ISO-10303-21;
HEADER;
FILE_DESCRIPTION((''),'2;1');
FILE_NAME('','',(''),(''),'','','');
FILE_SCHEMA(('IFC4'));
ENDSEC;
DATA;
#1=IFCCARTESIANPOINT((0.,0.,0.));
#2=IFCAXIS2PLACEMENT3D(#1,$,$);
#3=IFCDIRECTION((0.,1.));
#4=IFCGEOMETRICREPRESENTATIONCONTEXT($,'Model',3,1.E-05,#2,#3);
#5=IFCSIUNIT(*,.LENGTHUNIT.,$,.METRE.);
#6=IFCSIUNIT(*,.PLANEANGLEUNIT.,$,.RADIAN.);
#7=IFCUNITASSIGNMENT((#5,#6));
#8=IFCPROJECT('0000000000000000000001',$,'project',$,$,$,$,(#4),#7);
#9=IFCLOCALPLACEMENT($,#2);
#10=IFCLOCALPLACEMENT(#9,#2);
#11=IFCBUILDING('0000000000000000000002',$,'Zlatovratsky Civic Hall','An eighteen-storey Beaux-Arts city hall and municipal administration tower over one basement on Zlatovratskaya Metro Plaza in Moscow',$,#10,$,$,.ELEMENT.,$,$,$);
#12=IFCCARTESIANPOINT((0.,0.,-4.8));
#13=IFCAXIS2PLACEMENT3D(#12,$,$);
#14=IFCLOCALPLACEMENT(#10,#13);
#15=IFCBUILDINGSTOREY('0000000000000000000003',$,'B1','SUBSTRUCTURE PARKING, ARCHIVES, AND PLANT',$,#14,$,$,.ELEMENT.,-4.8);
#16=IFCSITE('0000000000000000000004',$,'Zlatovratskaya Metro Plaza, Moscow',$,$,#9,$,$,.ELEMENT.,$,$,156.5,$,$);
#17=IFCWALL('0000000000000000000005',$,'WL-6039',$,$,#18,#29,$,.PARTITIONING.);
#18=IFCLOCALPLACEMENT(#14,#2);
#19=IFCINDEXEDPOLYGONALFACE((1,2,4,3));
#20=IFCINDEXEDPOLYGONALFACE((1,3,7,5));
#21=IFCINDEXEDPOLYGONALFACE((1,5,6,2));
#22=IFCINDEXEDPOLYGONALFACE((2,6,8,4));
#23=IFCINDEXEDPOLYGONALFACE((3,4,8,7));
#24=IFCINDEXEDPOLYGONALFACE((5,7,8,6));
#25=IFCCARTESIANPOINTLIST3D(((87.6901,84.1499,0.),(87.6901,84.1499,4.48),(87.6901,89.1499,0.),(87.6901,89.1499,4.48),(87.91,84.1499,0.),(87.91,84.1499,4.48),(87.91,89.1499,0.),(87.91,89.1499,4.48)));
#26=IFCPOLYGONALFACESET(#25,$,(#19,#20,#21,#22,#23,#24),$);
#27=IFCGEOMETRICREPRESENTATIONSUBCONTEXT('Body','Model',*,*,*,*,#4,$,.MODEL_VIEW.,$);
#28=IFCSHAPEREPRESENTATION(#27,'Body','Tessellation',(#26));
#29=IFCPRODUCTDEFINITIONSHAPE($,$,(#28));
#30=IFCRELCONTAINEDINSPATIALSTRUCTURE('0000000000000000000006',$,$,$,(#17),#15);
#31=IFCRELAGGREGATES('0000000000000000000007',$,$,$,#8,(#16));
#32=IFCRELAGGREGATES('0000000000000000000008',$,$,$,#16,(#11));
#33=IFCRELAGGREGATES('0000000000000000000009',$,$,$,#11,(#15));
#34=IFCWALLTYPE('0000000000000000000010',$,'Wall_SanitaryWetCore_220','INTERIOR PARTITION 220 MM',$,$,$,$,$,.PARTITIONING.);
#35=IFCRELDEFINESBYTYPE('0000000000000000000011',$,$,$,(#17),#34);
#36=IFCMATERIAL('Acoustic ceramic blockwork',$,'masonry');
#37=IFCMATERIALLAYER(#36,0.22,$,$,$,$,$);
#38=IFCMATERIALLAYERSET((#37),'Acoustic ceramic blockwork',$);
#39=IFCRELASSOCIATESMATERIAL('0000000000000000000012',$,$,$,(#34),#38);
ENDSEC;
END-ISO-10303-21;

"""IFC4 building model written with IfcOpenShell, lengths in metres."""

from ifc_helpers import new_model, si_unit, direction, frame, frame_2d, origin, place, context, subcontext, project, spatial, rectangle, extrude, material, layer, layer_set, type_object, element, save


model = new_model("IFC4")

# Units and contexts
model_context = context("Model", 3, precision=1e-05, world=origin(), true_north=direction((0.0, 1.0)))
body_context = subcontext(model_context, "Body", "Model", "MODEL_VIEW")
ifc_project = project(units=[si_unit("LENGTHUNIT", "METRE"), si_unit("PLANEANGLEUNIT", "RADIAN")], contexts=[model_context])

# Site, building, storey
site_placement = place(None, origin())
site = spatial("IfcSite", under=ifc_project, at=site_placement, Name="Zlatovratskaya Metro Plaza, Moscow", CompositionType="ELEMENT", RefElevation=156.5)
building_placement = place(site_placement, origin())
building = spatial("IfcBuilding", under=site, at=building_placement, Name="Zlatovratsky Civic Hall", Description="An eighteen-storey Beaux-Arts city hall and municipal administration tower over one basement on Zlatovratskaya Metro Plaza in Moscow", CompositionType="ELEMENT")
storey_placement = place(building_placement, frame((0.0, 0.0, -4.8)))
storey = spatial("IfcBuildingStorey", under=building, at=storey_placement, Name="B1", Description="SUBSTRUCTURE PARKING, ARCHIVES, AND PLANT", CompositionType="ELEMENT", Elevation=-4.8)

# Shared definitions
ifc_material_1 = material(Name="Acoustic ceramic blockwork", Category="masonry")
ifc_layer = layer(ifc_material_1, 0.22)
ifc_layer_set = layer_set([ifc_layer], Name="Acoustic ceramic blockwork")
wall_type = type_object("IfcWallType", Name="Wall_SanitaryWetCore_220", Description="INTERIOR PARTITION 220 MM", PredefinedType="PARTITIONING", material=ifc_layer_set)

# Wall
for number, where, z_axis, x_axis, name in (
    (1, (87.8, 84.1499, 0.0), (0.0, 0.0, 1.0), (0.0, 1.0, 0.0), "WL-6039"),
):
    element("IfcWall", number, at=place(storey_placement, frame(where, z_axis=z_axis, x_axis=x_axis)), inside=storey, type_object=wall_type, Name=name, PredefinedType="PARTITIONING", context=body_context, shape_type="SweptSolid", body=[
        extrude(rectangle(XDim=5.0, YDim=0.22, at=frame_2d((2.5, 0.0))), origin(), (0.0, 0.0, 1.0), 4.48),
    ])

save(model, "model.ifc")
